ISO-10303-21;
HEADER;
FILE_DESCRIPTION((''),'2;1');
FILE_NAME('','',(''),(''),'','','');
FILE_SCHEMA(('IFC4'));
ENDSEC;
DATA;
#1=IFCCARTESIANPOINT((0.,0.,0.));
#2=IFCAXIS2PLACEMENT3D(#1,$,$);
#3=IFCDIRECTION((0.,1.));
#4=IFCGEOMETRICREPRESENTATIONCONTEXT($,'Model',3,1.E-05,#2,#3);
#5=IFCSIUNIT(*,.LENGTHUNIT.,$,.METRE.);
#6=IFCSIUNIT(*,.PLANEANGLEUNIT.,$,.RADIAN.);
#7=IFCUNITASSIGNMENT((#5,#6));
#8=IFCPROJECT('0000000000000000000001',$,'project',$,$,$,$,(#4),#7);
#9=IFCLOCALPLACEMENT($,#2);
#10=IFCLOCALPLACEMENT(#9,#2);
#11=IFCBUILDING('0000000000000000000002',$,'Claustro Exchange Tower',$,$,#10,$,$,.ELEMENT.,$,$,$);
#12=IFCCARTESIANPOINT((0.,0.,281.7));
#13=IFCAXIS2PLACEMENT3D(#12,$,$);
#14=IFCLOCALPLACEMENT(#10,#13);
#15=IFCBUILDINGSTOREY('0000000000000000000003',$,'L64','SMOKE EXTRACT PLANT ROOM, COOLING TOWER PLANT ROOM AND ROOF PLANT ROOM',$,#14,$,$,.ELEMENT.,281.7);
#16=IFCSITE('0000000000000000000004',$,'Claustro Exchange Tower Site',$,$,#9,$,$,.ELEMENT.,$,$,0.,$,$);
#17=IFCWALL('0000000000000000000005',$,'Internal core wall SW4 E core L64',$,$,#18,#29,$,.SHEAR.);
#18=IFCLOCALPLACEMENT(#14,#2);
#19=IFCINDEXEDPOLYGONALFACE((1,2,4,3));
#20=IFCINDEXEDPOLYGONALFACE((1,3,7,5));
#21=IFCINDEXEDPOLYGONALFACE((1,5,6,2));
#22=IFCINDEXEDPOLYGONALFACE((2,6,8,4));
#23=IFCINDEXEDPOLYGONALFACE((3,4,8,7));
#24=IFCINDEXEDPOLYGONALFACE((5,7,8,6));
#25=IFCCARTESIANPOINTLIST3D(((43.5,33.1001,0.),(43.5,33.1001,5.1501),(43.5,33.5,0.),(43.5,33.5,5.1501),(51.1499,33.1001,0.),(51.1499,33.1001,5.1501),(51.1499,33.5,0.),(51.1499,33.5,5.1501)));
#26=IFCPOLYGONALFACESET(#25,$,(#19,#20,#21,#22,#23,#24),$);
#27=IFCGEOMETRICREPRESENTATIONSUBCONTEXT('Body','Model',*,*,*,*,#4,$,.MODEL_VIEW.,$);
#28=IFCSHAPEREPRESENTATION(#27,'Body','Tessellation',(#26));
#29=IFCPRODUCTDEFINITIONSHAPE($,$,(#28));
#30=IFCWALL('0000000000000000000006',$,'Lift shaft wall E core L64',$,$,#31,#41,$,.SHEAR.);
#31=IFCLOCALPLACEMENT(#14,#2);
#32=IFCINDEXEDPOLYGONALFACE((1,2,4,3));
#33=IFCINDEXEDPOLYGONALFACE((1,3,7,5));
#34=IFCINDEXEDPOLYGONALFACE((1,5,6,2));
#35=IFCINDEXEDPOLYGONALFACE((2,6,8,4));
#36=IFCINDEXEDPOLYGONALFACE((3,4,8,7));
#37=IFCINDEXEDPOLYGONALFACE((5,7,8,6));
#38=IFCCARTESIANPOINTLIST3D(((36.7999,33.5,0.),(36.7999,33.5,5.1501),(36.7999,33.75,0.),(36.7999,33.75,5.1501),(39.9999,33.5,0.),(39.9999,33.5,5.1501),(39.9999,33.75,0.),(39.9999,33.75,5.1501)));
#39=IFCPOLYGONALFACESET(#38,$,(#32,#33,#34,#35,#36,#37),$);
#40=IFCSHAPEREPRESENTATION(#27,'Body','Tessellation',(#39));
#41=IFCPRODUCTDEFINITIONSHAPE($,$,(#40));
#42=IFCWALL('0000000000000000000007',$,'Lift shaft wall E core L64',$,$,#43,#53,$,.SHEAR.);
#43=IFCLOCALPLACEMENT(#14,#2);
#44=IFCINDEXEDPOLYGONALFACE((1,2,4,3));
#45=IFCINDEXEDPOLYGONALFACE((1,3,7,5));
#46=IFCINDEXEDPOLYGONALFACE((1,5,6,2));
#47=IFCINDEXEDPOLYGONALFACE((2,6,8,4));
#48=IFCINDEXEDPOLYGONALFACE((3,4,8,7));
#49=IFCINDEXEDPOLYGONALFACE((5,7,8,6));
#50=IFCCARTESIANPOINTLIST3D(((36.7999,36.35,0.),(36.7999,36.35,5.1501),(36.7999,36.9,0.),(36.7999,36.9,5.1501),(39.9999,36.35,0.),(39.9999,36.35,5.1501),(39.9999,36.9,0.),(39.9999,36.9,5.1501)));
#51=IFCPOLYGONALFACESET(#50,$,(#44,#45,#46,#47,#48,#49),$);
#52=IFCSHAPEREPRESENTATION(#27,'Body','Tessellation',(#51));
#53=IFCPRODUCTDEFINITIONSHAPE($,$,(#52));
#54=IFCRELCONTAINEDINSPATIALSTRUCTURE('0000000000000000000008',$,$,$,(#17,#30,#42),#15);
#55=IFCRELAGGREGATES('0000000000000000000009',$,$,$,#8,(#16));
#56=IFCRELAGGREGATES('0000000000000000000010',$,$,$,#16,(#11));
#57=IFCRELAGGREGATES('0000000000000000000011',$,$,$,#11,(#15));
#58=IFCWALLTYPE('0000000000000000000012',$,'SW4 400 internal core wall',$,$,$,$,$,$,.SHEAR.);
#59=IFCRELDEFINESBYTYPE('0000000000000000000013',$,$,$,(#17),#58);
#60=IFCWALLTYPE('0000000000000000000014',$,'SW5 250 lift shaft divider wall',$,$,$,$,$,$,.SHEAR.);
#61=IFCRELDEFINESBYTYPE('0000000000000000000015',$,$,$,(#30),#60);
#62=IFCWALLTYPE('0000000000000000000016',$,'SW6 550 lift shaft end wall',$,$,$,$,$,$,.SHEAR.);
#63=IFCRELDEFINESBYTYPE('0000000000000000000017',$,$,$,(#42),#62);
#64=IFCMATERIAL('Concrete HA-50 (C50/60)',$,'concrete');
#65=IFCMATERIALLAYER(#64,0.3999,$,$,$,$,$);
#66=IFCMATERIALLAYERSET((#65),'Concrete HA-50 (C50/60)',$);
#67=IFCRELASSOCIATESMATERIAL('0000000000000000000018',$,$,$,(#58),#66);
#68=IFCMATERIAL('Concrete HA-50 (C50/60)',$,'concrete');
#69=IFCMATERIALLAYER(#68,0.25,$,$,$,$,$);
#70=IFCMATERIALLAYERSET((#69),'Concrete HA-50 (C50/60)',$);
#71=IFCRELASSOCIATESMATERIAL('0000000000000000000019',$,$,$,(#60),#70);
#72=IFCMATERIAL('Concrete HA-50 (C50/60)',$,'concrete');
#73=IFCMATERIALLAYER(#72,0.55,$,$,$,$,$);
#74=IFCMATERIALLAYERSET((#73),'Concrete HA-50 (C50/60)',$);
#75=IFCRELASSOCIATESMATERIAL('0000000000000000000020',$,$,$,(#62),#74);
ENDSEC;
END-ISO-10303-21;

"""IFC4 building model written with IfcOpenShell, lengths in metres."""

from ifc_helpers import new_model, si_unit, direction, frame, frame_2d, origin, place, context, subcontext, project, spatial, rectangle, extrude, material, layer, layer_set, type_object, element, save


model = new_model("IFC4")

# Units and contexts
model_context = context("Model", 3, precision=1e-05, world=origin(), true_north=direction((0.0, 1.0)))
body_context = subcontext(model_context, "Body", "Model", "MODEL_VIEW")
ifc_project = project(units=[si_unit("LENGTHUNIT", "METRE"), si_unit("PLANEANGLEUNIT", "RADIAN")], contexts=[model_context])

# Site, building, storey
site_placement = place(None, origin())
site = spatial("IfcSite", under=ifc_project, at=site_placement, Name="Claustro Exchange Tower Site", CompositionType="ELEMENT", RefElevation=0.0)
building_placement = place(site_placement, origin())
building = spatial("IfcBuilding", under=site, at=building_placement, Name="Claustro Exchange Tower", CompositionType="ELEMENT")
storey_placement = place(building_placement, frame((0.0, 0.0, 281.7)))
storey = spatial("IfcBuildingStorey", under=building, at=storey_placement, Name="L64", Description="SMOKE EXTRACT PLANT ROOM, COOLING TOWER PLANT ROOM AND ROOF PLANT ROOM", CompositionType="ELEMENT", Elevation=281.7)

# Walls
ifc_material_1 = material(Name="Concrete HA-50 (C50/60)", Category="concrete")
ifc_layer_1 = layer(ifc_material_1, 0.3999)
ifc_layer_set_1 = layer_set([ifc_layer_1], Name="Concrete HA-50 (C50/60)")
wall_type_1 = type_object("IfcWallType", Name="SW4 400 internal core wall", PredefinedType="SHEAR", material=ifc_layer_set_1)
wall_1_placement = place(storey_placement, frame((51.1499, 33.3, 0.0), z_axis=(0.0, 0.0, 1.0), x_axis=(-1.0, 0.0, 0.0)))
element("IfcWall", 1, at=wall_1_placement, inside=storey, type_object=wall_type_1, Name="Internal core wall SW4 E core L64", PredefinedType="SHEAR", context=body_context, shape_type="SweptSolid", body=[
    extrude(rectangle(XDim=7.6499, YDim=0.3999, at=frame_2d((3.825, 0.0))), origin(), (0.0, 0.0, 1.0), 5.1501),
])
ifc_material_2 = material(Name="Concrete HA-50 (C50/60)", Category="concrete")
ifc_layer_2 = layer(ifc_material_2, 0.25)
ifc_layer_set_2 = layer_set([ifc_layer_2], Name="Concrete HA-50 (C50/60)")
wall_type_2 = type_object("IfcWallType", Name="SW5 250 lift shaft divider wall", PredefinedType="SHEAR", material=ifc_layer_set_2)
wall_2_placement = place(storey_placement, frame((40.0, 33.625, 0.0), z_axis=(0.0, 0.0, 1.0), x_axis=(-1.0, 0.0, 0.0)))
element("IfcWall", 2, at=wall_2_placement, inside=storey, type_object=wall_type_2, Name="Lift shaft wall E core L64", PredefinedType="SHEAR", context=body_context, shape_type="SweptSolid", body=[
    extrude(rectangle(XDim=3.2, YDim=0.25, at=frame_2d((1.6001, 0.0))), origin(), (0.0, 0.0, 1.0), 5.1501),
])
ifc_material_3 = material(Name="Concrete HA-50 (C50/60)", Category="concrete")
ifc_layer_3 = layer(ifc_material_3, 0.55)
ifc_layer_set_3 = layer_set([ifc_layer_3], Name="Concrete HA-50 (C50/60)")
wall_type_3 = type_object("IfcWallType", Name="SW6 550 lift shaft end wall", PredefinedType="SHEAR", material=ifc_layer_set_3)
wall_3_placement = place(storey_placement, frame((40.0, 36.625, 0.0), z_axis=(0.0, 0.0, 1.0), x_axis=(-1.0, 0.0, 0.0)))
element("IfcWall", 3, at=wall_3_placement, inside=storey, type_object=wall_type_3, Name="Lift shaft wall E core L64", PredefinedType="SHEAR", context=body_context, shape_type="SweptSolid", body=[
    extrude(rectangle(XDim=3.2, YDim=0.55, at=frame_2d((1.6001, 0.0))), origin(), (0.0, 0.0, 1.0), 5.1501),
])

save(model, "model.ifc")
